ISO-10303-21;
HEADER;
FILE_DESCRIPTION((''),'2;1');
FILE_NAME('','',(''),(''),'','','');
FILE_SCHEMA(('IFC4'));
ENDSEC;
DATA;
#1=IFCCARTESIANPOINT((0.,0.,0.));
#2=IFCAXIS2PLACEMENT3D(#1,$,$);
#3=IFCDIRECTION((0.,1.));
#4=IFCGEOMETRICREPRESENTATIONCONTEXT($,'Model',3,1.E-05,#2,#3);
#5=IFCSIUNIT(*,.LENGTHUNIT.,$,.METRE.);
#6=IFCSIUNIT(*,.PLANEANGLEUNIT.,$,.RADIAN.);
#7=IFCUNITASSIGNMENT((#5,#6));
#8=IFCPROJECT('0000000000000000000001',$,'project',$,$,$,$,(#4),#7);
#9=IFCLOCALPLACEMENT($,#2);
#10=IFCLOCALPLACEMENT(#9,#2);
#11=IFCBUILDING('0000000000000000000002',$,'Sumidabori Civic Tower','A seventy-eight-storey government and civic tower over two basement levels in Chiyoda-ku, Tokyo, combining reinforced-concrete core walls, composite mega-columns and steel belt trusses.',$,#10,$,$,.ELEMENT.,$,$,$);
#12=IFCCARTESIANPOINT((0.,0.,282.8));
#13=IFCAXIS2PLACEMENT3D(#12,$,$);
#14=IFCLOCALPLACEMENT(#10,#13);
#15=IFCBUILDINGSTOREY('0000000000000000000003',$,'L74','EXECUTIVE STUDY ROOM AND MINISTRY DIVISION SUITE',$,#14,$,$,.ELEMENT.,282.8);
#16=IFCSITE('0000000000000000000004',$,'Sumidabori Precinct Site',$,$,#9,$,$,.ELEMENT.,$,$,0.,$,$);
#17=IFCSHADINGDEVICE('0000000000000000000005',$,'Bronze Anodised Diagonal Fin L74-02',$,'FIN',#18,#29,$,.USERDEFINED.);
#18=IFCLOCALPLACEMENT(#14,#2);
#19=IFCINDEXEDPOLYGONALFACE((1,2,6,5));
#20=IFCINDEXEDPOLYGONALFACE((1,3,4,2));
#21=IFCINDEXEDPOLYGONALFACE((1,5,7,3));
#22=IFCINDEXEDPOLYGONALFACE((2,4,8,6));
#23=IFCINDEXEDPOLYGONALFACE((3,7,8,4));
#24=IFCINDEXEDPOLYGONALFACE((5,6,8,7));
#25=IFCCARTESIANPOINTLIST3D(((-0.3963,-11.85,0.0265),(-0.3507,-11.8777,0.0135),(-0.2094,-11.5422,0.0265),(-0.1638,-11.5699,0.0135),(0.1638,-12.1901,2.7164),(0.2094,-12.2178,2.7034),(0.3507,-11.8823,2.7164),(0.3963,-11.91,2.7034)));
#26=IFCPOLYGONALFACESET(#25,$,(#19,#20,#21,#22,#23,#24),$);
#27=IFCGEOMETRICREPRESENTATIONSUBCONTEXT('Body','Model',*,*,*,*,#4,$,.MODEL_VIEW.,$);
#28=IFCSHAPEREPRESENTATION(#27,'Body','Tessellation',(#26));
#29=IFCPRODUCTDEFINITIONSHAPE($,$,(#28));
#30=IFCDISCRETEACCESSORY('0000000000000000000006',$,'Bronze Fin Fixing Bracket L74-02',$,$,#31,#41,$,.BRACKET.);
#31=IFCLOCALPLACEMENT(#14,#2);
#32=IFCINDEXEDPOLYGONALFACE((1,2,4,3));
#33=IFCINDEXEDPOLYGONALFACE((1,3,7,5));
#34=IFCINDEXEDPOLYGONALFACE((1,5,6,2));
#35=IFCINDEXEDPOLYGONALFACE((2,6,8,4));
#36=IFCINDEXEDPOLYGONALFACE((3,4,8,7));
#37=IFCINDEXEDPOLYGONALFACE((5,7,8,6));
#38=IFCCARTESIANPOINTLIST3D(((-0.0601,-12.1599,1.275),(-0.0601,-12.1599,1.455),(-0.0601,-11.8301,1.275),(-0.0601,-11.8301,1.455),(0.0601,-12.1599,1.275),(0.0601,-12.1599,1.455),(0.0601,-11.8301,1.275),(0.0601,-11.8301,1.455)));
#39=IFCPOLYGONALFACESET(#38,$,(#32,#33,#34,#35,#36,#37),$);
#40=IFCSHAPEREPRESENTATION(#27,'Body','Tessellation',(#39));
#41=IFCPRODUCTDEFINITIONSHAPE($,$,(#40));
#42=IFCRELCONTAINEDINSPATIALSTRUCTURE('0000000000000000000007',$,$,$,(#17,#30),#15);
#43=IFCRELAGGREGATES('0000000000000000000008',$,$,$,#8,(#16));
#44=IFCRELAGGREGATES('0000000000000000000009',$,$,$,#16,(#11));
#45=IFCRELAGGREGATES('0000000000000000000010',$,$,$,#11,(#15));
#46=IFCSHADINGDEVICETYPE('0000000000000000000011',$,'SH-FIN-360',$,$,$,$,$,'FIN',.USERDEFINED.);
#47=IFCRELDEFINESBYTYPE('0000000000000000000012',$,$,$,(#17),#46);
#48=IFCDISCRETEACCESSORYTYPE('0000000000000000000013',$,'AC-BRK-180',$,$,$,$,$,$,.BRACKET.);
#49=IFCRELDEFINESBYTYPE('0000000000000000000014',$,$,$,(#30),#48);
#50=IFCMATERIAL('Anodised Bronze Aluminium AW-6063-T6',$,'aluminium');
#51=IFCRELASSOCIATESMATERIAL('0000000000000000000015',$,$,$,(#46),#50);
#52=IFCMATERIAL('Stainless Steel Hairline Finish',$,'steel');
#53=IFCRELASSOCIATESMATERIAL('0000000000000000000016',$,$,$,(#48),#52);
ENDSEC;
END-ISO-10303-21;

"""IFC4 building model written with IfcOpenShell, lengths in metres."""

from ifc_helpers import new_model, si_unit, direction, frame, origin, origin_2d, place, context, subcontext, project, spatial, rectangle, extrude, source, transform, mapped, material, material_profile, profile_set, type_object, element, save


model = new_model("IFC4")

# Units and contexts
model_context = context("Model", 3, precision=1e-05, world=origin(), true_north=direction((0.0, 1.0)))
body_context = subcontext(model_context, "Body", "Model", "MODEL_VIEW")
ifc_project = project(units=[si_unit("LENGTHUNIT", "METRE"), si_unit("PLANEANGLEUNIT", "RADIAN")], contexts=[model_context])

# Site, building, storey
site_placement = place(None, origin())
site = spatial("IfcSite", under=ifc_project, at=site_placement, Name="Sumidabori Precinct Site", CompositionType="ELEMENT", RefElevation=0.0)
building_placement = place(site_placement, origin())
building = spatial("IfcBuilding", under=site, at=building_placement, Name="Sumidabori Civic Tower", Description="A seventy-eight-storey government and civic tower over two basement levels in Chiyoda-ku, Tokyo, combining reinforced-concrete core walls, composite mega-columns and steel belt trusses.", CompositionType="ELEMENT")
storey_placement = place(building_placement, frame((0.0, 0.0, 282.8)))
storey = spatial("IfcBuildingStorey", under=building, at=storey_placement, Name="L74", Description="EXECUTIVE STUDY ROOM AND MINISTRY DIVISION SUITE", CompositionType="ELEMENT", Elevation=282.8)

# Shared definitions
ifc_material_1 = material(Name="Anodised Bronze Aluminium AW-6063-T6", Category="aluminium")

# Shading device
ifc_material_profile_1 = material_profile(ifc_material_1, rectangle(XDim=0.0549, YDim=0.3601, at=origin_2d()), Name="BRONZE FIN 360x55")
ifc_profile_set_1 = profile_set([ifc_material_profile_1], Name="Anodised Bronze Aluminium AW-6063-T6")
shading_device_type = type_object("IfcShadingDeviceType", Name="SH-FIN-360", ElementType="FIN", PredefinedType="USERDEFINED", material=ifc_profile_set_1)
shared_shape_1 = source(origin(), body_context, "Body", "SweptSolid", [
    extrude(rectangle(XDim=0.0549, YDim=0.3601, at=origin_2d()), origin(), (0.0, 0.0, 1.0), 2.7686),
])
shading_device_placement = place(storey_placement, frame((-0.28, -11.71, 0.02), z_axis=(0.20229, -0.122838, 0.971591), x_axis=(0.83047, -0.504291, -0.236665)))
element("IfcShadingDevice", 1, at=shading_device_placement, inside=storey, type_object=shading_device_type, Name="Bronze Anodised Diagonal Fin L74-02", ObjectType="FIN", PredefinedType="USERDEFINED", context=body_context, shape_type="MappedRepresentation", body=[
    mapped(shared_shape_1, transform((0.0, 0.0, 0.0), x_axis=(1.0, 0.0, 0.0), y_axis=(0.0, 1.0, 0.0), z_axis=(0.0, 0.0, 1.0), scale=1.0)),
])

# Discrete accessory
ifc_material_2 = material(Name="Stainless Steel Hairline Finish", Category="steel")
ifc_material_profile_2 = material_profile(ifc_material_2, rectangle(XDim=0.1201, YDim=0.1799, at=origin_2d()), Name="STEEL BRACKET 180x120")
ifc_profile_set_2 = profile_set([ifc_material_profile_2], Name="Stainless Steel Hairline Finish")
discrete_accessory_type = type_object("IfcDiscreteAccessoryType", Name="AC-BRK-180", PredefinedType="BRACKET", material=ifc_profile_set_2)
shared_shape_2 = source(origin(), body_context, "Body", "SweptSolid", [
    extrude(rectangle(XDim=0.1201, YDim=0.1799, at=origin_2d()), origin(), (0.0, 0.0, 1.0), 0.3298),
])
discrete_accessory_placement = place(storey_placement, frame((0.0, -11.8301, 1.365), z_axis=(0.0, -1.0, 0.0), x_axis=(1.0, 0.0, 0.0)))
element("IfcDiscreteAccessory", 2, at=discrete_accessory_placement, inside=storey, type_object=discrete_accessory_type, Name="Bronze Fin Fixing Bracket L74-02", PredefinedType="BRACKET", context=body_context, shape_type="MappedRepresentation", body=[
    mapped(shared_shape_2, transform((0.0, 0.0, 0.0), x_axis=(1.0, 0.0, 0.0), y_axis=(0.0, 1.0, 0.0), z_axis=(0.0, 0.0, 1.0), scale=1.0)),
])

save(model, "model.ifc")
